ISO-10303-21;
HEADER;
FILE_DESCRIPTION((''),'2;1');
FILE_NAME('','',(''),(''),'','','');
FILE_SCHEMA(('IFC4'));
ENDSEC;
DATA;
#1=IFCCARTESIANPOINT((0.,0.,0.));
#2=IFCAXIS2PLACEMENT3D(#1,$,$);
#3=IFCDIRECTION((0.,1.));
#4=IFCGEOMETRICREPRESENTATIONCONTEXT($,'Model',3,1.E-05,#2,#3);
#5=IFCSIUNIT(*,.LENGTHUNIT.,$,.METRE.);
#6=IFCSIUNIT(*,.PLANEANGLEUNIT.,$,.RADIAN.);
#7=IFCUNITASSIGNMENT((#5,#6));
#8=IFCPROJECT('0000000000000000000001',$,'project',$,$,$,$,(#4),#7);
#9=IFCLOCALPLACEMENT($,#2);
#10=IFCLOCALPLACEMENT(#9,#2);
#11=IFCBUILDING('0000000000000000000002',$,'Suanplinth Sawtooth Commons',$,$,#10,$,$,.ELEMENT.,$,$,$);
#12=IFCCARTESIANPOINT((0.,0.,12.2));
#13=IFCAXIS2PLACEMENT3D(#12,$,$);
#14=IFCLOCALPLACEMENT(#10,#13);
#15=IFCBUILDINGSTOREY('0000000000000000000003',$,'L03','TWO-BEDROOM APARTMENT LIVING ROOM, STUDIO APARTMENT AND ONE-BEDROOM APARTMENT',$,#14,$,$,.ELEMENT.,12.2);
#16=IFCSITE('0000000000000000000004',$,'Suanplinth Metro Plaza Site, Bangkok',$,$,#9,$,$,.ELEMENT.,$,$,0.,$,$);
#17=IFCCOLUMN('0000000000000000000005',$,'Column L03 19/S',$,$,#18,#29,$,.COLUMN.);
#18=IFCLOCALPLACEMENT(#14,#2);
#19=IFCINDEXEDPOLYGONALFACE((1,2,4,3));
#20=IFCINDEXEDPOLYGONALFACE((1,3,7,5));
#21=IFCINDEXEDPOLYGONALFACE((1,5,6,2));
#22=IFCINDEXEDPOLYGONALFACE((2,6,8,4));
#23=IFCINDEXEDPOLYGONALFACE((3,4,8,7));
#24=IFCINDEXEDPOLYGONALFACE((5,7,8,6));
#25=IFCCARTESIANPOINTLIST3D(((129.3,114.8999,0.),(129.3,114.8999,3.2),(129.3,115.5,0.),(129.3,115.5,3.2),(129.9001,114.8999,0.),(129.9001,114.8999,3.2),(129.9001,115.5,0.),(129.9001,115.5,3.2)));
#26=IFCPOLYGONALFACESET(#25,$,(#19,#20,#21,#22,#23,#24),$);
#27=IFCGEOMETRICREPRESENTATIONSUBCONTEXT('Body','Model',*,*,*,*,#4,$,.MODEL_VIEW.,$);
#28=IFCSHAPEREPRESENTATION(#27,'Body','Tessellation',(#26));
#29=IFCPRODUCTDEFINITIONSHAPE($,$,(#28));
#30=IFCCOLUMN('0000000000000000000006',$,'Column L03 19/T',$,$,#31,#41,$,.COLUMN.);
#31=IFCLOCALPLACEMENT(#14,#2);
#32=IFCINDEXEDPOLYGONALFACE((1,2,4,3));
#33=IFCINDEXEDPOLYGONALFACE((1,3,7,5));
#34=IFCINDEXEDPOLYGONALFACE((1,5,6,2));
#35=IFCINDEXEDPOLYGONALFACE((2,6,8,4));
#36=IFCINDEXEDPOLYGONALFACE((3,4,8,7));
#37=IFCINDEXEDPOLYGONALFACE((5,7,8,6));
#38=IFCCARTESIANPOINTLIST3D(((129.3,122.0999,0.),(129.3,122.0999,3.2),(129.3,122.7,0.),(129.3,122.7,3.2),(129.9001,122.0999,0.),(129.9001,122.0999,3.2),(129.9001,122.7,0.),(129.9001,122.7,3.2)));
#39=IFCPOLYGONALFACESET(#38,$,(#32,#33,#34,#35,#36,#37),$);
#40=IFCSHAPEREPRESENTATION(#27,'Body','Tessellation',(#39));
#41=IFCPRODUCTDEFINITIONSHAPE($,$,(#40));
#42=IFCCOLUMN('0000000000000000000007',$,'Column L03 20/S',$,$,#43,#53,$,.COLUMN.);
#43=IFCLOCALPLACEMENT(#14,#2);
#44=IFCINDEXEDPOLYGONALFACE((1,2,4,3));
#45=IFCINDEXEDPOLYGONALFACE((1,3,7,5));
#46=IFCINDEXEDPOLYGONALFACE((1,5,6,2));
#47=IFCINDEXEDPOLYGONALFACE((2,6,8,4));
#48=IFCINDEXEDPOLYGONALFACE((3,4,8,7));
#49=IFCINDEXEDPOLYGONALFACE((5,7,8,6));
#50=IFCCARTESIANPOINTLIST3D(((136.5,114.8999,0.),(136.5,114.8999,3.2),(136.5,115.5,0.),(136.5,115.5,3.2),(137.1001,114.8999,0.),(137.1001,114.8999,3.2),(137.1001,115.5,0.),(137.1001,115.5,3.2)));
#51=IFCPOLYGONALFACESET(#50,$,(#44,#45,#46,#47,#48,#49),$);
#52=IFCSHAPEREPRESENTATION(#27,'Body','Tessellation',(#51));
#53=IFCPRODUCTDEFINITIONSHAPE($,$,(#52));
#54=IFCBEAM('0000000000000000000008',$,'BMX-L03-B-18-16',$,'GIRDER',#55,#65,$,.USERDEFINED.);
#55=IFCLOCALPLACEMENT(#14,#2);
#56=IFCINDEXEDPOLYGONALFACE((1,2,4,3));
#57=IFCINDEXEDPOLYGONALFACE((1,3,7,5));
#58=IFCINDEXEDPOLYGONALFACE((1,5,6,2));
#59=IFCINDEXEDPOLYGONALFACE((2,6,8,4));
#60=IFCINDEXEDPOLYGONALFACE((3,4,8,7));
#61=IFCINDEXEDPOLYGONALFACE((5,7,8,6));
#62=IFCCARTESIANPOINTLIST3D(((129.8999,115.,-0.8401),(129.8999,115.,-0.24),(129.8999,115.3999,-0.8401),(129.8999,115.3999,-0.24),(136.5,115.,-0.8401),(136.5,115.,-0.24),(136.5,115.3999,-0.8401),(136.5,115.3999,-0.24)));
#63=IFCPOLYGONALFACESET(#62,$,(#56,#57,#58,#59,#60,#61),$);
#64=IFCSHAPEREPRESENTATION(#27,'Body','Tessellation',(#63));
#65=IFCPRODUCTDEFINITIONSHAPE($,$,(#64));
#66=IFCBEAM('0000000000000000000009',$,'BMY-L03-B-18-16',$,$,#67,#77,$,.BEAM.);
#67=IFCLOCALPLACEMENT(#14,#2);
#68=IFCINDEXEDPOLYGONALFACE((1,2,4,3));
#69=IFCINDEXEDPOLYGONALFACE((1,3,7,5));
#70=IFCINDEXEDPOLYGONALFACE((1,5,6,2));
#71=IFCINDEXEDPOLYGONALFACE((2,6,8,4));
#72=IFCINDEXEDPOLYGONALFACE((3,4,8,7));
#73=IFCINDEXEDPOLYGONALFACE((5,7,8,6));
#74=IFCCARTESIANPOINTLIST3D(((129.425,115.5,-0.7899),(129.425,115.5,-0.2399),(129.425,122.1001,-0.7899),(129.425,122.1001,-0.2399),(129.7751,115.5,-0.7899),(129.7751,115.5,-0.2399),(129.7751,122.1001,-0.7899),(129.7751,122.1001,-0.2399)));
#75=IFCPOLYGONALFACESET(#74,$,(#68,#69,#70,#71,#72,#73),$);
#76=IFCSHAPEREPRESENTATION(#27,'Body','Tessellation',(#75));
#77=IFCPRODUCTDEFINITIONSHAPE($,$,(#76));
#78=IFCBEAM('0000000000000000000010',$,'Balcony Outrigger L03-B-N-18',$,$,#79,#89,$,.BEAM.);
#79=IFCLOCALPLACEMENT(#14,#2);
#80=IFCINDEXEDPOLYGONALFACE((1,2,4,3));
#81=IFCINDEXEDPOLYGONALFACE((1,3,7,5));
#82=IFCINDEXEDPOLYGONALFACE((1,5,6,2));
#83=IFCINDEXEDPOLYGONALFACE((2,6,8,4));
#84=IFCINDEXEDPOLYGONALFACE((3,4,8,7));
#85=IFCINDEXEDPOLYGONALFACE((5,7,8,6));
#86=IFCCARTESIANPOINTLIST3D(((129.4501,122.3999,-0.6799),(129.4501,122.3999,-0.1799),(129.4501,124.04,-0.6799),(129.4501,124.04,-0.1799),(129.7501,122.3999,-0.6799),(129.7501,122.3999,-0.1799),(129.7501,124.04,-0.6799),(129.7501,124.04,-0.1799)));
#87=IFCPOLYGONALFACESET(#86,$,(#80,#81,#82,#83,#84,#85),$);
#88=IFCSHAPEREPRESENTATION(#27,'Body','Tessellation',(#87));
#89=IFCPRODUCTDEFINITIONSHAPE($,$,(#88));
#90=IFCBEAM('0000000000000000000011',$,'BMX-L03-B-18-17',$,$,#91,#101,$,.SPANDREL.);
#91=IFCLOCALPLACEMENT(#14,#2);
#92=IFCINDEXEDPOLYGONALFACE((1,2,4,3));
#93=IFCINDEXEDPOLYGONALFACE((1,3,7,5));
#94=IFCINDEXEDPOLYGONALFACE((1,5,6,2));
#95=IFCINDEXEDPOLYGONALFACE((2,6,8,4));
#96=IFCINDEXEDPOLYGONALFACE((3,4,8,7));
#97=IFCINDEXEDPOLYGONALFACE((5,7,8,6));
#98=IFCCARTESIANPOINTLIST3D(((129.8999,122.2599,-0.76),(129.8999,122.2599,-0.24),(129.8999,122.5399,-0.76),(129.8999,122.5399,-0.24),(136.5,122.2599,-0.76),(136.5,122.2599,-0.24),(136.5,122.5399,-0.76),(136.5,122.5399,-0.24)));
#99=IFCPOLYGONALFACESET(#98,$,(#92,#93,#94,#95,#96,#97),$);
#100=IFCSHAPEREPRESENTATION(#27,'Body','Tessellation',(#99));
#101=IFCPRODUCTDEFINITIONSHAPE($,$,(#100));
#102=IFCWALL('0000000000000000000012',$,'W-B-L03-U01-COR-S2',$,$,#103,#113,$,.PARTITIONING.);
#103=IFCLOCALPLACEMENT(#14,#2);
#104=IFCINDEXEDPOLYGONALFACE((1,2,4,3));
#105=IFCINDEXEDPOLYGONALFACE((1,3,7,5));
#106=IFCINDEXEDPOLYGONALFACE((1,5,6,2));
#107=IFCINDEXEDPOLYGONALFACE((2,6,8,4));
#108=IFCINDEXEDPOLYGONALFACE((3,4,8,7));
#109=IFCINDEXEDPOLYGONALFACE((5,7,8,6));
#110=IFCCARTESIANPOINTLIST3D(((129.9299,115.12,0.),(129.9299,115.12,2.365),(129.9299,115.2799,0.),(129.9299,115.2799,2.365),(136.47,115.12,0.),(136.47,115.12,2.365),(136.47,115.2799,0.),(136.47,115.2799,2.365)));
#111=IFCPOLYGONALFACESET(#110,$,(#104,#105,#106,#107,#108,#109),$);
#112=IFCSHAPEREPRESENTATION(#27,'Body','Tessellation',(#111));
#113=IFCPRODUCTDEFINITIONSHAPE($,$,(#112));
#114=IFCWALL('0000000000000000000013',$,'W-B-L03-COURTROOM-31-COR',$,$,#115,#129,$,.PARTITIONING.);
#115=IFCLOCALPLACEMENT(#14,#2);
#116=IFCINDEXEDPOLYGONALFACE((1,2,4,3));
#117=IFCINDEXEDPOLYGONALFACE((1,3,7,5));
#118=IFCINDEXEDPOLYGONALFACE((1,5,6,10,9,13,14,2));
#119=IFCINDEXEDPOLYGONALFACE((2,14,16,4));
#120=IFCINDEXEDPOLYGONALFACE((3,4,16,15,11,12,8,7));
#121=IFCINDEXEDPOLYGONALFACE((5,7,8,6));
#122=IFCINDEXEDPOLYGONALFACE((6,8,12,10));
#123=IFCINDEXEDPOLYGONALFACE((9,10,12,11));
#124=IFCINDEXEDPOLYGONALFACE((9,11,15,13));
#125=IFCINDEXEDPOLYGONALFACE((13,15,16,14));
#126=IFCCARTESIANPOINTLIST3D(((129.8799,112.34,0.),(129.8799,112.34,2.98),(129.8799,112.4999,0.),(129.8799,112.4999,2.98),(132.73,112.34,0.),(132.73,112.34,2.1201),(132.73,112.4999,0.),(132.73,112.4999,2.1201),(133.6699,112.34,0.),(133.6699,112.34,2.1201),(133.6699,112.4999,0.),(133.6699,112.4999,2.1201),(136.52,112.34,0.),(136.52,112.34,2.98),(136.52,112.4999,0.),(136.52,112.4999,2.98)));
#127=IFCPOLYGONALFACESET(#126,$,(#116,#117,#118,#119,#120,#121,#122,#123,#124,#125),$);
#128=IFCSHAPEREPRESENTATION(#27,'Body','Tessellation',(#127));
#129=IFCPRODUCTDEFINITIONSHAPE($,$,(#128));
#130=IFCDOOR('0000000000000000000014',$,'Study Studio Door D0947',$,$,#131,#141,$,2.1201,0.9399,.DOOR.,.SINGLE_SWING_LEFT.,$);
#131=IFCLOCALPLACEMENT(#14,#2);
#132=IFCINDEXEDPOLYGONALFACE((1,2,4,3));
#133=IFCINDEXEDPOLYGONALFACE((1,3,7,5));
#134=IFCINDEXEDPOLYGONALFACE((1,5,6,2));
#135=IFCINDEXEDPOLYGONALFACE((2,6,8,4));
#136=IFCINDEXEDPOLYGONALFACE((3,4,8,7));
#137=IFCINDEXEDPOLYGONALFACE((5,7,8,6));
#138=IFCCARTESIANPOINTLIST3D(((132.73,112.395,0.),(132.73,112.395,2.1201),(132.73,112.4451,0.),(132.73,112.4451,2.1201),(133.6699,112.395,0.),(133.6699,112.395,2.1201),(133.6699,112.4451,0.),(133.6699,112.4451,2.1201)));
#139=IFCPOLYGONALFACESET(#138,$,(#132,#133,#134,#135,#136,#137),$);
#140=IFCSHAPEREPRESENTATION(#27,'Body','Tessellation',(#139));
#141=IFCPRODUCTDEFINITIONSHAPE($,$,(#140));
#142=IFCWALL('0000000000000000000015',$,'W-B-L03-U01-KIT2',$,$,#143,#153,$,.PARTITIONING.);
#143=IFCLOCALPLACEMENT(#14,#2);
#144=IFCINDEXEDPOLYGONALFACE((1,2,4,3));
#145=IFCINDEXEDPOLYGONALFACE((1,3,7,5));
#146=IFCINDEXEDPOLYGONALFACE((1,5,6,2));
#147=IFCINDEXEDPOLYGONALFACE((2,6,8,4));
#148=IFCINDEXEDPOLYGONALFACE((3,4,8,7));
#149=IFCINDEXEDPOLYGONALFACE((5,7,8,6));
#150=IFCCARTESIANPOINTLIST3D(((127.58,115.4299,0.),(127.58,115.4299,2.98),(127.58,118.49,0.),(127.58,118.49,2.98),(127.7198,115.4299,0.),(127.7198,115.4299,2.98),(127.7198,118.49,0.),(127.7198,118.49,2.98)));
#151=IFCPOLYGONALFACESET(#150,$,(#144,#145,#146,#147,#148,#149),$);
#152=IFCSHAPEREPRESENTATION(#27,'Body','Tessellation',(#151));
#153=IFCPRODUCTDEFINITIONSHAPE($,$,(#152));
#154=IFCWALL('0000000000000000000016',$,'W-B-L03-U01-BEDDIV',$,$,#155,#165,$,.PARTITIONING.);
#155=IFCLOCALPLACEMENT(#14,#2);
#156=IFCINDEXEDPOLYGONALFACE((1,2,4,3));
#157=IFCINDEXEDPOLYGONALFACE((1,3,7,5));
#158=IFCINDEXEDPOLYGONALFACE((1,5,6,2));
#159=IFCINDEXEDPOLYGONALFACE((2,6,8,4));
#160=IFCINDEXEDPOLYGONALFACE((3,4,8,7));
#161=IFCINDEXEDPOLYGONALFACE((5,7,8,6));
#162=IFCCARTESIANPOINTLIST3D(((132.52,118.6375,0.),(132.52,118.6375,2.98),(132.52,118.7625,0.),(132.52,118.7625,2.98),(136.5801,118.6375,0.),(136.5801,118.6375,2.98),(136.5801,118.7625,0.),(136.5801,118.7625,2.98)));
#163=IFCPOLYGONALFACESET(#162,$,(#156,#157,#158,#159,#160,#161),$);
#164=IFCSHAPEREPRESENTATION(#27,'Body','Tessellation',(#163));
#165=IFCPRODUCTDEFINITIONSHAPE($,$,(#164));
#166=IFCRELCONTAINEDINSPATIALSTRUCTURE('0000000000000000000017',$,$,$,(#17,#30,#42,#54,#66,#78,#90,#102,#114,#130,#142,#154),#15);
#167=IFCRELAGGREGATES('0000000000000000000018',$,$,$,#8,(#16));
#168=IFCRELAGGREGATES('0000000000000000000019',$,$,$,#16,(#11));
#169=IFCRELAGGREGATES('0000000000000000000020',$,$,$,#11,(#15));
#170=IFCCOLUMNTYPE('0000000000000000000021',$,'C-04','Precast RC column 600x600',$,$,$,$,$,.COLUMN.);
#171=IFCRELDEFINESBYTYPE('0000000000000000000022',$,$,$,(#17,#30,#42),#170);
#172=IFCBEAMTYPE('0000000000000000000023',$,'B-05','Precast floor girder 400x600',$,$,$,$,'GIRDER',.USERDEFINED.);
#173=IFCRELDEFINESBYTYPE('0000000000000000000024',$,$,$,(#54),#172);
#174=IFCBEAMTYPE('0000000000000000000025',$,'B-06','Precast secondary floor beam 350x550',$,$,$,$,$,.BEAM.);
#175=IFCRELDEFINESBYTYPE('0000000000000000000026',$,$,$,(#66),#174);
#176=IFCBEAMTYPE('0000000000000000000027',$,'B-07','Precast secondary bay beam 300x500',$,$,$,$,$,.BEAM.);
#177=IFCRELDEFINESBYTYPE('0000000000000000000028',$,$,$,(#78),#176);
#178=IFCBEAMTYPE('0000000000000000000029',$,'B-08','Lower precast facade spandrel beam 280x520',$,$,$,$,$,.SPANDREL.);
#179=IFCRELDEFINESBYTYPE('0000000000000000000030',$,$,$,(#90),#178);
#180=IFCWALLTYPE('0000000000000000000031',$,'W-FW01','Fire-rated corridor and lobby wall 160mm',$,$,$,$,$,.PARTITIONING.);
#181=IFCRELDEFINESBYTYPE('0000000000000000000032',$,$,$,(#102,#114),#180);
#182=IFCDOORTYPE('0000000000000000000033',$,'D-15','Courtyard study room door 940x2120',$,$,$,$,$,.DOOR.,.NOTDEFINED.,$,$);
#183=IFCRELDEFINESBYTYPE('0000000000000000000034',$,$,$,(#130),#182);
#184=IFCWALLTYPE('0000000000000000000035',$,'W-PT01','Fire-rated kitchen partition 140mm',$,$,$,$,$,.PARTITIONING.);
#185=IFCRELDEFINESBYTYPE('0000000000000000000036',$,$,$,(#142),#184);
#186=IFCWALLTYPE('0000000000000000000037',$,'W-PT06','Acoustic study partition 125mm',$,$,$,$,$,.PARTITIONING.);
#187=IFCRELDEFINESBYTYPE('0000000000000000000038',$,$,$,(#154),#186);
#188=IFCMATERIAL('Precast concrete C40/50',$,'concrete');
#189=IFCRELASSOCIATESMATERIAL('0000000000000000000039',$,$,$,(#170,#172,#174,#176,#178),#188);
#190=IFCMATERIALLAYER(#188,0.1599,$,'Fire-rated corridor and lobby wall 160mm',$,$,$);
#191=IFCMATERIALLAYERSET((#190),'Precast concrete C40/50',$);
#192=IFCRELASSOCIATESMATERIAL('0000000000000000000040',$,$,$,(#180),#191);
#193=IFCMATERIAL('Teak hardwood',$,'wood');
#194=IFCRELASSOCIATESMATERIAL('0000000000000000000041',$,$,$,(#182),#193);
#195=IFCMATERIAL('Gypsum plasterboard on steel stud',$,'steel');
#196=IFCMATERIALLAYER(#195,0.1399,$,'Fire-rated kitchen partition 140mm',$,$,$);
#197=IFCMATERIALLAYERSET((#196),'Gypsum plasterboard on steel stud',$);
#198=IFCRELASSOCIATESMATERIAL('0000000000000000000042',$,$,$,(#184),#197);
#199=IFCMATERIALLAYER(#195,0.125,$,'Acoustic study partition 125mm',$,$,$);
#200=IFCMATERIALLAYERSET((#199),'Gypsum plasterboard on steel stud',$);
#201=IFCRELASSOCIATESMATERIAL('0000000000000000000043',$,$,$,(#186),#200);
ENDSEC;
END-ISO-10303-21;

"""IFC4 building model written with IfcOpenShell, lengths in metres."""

from ifc_helpers import new_model, si_unit, direction, frame, frame_2d, origin, origin_2d, place, context, subcontext, project, spatial, rectangle, extrude, material, layer, layer_set, material_profile, profile_set, type_object, element, fill, save


model = new_model("IFC4")

# Units and contexts
model_context = context("Model", 3, precision=1e-05, world=origin(), true_north=direction((0.0, 1.0)))
body_context = subcontext(model_context, "Body", "Model", "MODEL_VIEW")
ifc_project = project(units=[si_unit("LENGTHUNIT", "METRE"), si_unit("PLANEANGLEUNIT", "RADIAN")], contexts=[model_context])

# Site, building, storey
site_placement = place(None, origin())
site = spatial("IfcSite", under=ifc_project, at=site_placement, Name="Suanplinth Metro Plaza Site, Bangkok", CompositionType="ELEMENT", RefElevation=0.0)
building_placement = place(site_placement, origin())
building = spatial("IfcBuilding", under=site, at=building_placement, Name="Suanplinth Sawtooth Commons", CompositionType="ELEMENT")
storey_placement = place(building_placement, frame((0.0, 0.0, 12.2)))
storey = spatial("IfcBuildingStorey", under=building, at=storey_placement, Name="L03", Description="TWO-BEDROOM APARTMENT LIVING ROOM, STUDIO APARTMENT AND ONE-BEDROOM APARTMENT", CompositionType="ELEMENT", Elevation=12.2)

# Columns
ifc_material_1 = material(Name="Precast concrete C40/50", Category="concrete")
ifc_material_profile_1 = material_profile(ifc_material_1, rectangle(XDim=0.6001, YDim=0.6001, at=origin_2d()), Name="PC-COL 600x600")
ifc_profile_set_1 = profile_set([ifc_material_profile_1], Name="Precast concrete C40/50")
column_type = type_object("IfcColumnType", Name="C-04", Description="Precast RC column 600x600", PredefinedType="COLUMN", material=ifc_profile_set_1)
for number, where, z_axis, x_axis, name in (
    (1, (129.6001, 115.2, 0.0), (0.0, 0.0, 1.0), (1.0, 0.0, 0.0), "Column L03 19/S"),
    (2, (129.6001, 122.3999, 0.0), (0.0, 0.0, 1.0), (1.0, 0.0, 0.0), "Column L03 19/T"),
    (3, (136.8, 115.2, 0.0), (0.0, 0.0, 1.0), (1.0, 0.0, 0.0), "Column L03 20/S"),
):
    element("IfcColumn", number, at=place(storey_placement, frame(where, z_axis=z_axis, x_axis=x_axis)), inside=storey, type_object=column_type, Name=name, PredefinedType="COLUMN", context=body_context, shape_type="SweptSolid", body=[
        extrude(rectangle(XDim=0.6001, YDim=0.6001, at=origin_2d()), origin(), (0.0, 0.0, 1.0), 3.2),
    ])

# Beams
ifc_material_profile_2 = material_profile(ifc_material_1, rectangle(XDim=0.3999, YDim=0.6001, at=origin_2d()), Name="PC-GDR 400x600")
ifc_profile_set_2 = profile_set([ifc_material_profile_2], Name="Precast concrete C40/50")
beam_type_1 = type_object("IfcBeamType", Name="B-05", Description="Precast floor girder 400x600", ElementType="GIRDER", PredefinedType="USERDEFINED", material=ifc_profile_set_2)
beam_1_placement = place(storey_placement, frame((129.8999, 115.2, -0.54), z_axis=(1.0, 0.0, 0.0), x_axis=(0.0, 1.0, 0.0)))
element("IfcBeam", 4, at=beam_1_placement, inside=storey, type_object=beam_type_1, Name="BMX-L03-B-18-16", ObjectType="GIRDER", PredefinedType="USERDEFINED", context=body_context, shape_type="SweptSolid", body=[
    extrude(rectangle(XDim=0.3999, YDim=0.6001, at=origin_2d()), origin(), (0.0, 0.0, 1.0), 6.6001),
])
ifc_material_profile_3 = material_profile(ifc_material_1, rectangle(XDim=0.3501, YDim=0.55, at=origin_2d()), Name="PC-BM 350x550")
ifc_profile_set_3 = profile_set([ifc_material_profile_3], Name="Precast concrete C40/50")
beam_type_2 = type_object("IfcBeamType", Name="B-06", Description="Precast secondary floor beam 350x550", PredefinedType="BEAM", material=ifc_profile_set_3)
beam_2_placement = place(storey_placement, frame((129.6001, 115.5, -0.5149), z_axis=(0.0, 1.0, 0.0), x_axis=(-1.0, 0.0, 0.0)))
element("IfcBeam", 5, at=beam_2_placement, inside=storey, type_object=beam_type_2, Name="BMY-L03-B-18-16", PredefinedType="BEAM", context=body_context, shape_type="SweptSolid", body=[
    extrude(rectangle(XDim=0.3501, YDim=0.55, at=origin_2d()), origin(), (0.0, 0.0, 1.0), 6.6001),
])
ifc_material_profile_4 = material_profile(ifc_material_1, rectangle(XDim=0.3, YDim=0.5, at=origin_2d()), Name="PC-BM 300x500")
ifc_profile_set_4 = profile_set([ifc_material_profile_4], Name="Precast concrete C40/50")
beam_type_3 = type_object("IfcBeamType", Name="B-07", Description="Precast secondary bay beam 300x500", PredefinedType="BEAM", material=ifc_profile_set_4)
beam_3_placement = place(storey_placement, frame((129.6001, 122.3999, -0.4299), z_axis=(0.0, 1.0, 0.0), x_axis=(-1.0, 0.0, 0.0)))
element("IfcBeam", 6, at=beam_3_placement, inside=storey, type_object=beam_type_3, Name="Balcony Outrigger L03-B-N-18", PredefinedType="BEAM", context=body_context, shape_type="SweptSolid", body=[
    extrude(rectangle(XDim=0.3, YDim=0.5, at=origin_2d()), origin(), (0.0, 0.0, 1.0), 1.6401),
])
ifc_material_profile_5 = material_profile(ifc_material_1, rectangle(XDim=0.28, YDim=0.52, at=origin_2d()), Name="PC-SP 280x520")
ifc_profile_set_5 = profile_set([ifc_material_profile_5], Name="Precast concrete C40/50")
beam_type_4 = type_object("IfcBeamType", Name="B-08", Description="Lower precast facade spandrel beam 280x520", PredefinedType="SPANDREL", material=ifc_profile_set_5)
beam_4_placement = place(storey_placement, frame((129.8999, 122.3999, -0.5), z_axis=(1.0, 0.0, 0.0), x_axis=(0.0, 1.0, 0.0)))
element("IfcBeam", 7, at=beam_4_placement, inside=storey, type_object=beam_type_4, Name="BMX-L03-B-18-17", PredefinedType="SPANDREL", context=body_context, shape_type="SweptSolid", body=[
    extrude(rectangle(XDim=0.28, YDim=0.52, at=origin_2d()), origin(), (0.0, 0.0, 1.0), 6.6001),
])

# Wall
ifc_layer_1 = layer(ifc_material_1, 0.1599, Name="Fire-rated corridor and lobby wall 160mm")
ifc_layer_set_1 = layer_set([ifc_layer_1], Name="Precast concrete C40/50")
wall_type_1 = type_object("IfcWallType", Name="W-FW01", Description="Fire-rated corridor and lobby wall 160mm", PredefinedType="PARTITIONING", material=ifc_layer_set_1)
wall_1_placement = place(storey_placement, frame((129.9299, 115.2, 0.0), z_axis=(0.0, 0.0, 1.0), x_axis=(1.0, 0.0, 0.0)))
element("IfcWall", 8, at=wall_1_placement, inside=storey, type_object=wall_type_1, Name="W-B-L03-U01-COR-S2", PredefinedType="PARTITIONING", context=body_context, shape_type="SweptSolid", body=[
    extrude(rectangle(XDim=6.54, YDim=0.1599, at=frame_2d((3.27, 0.0))), origin(), (0.0, 0.0, 1.0), 2.365),
])

# Wall, opening, door
wall_2_placement = place(storey_placement, frame((129.8799, 112.4199, 0.0), z_axis=(0.0, 0.0, 1.0), x_axis=(1.0, 0.0, 0.0)))
wall_2 = element("IfcWall", 9, at=wall_2_placement, inside=storey, type_object=wall_type_1, Name="W-B-L03-COURTROOM-31-COR", PredefinedType="PARTITIONING", context=body_context, shape_type="SweptSolid", body=[
    extrude(rectangle(XDim=6.6401, YDim=0.1599, at=frame_2d((3.3201, 0.0))), origin(), (0.0, 0.0, 1.0), 2.98),
])
opening_1_placement = place(wall_2_placement, frame((2.8501, 0.0, 0.0)))
opening_1 = element("IfcOpeningElement", 10, at=opening_1_placement, cuts=wall_2, PredefinedType="OPENING", context=body_context, shape_type="SweptSolid", body=[
    extrude(rectangle(XDim=0.9399, YDim=2.1201, at=frame_2d((0.47, 1.0601))), frame((0.0, 0.0947, 0.0), z_axis=(0.0, -1.0, 0.0), x_axis=(1.0, 0.0, 0.0)), (0.0, 0.0, 1.0), 0.1897),
])
ifc_material_2 = material(Name="Teak hardwood", Category="wood")
door_type_1 = type_object("IfcDoorType", Name="D-15", Description="Courtyard study room door 940x2120", OperationType="NOTDEFINED", PredefinedType="DOOR", material=ifc_material_2)
door_1_placement = place(opening_1_placement, frame((0.9399, 0.0, 0.0), z_axis=(0.0, 0.0, 1.0), x_axis=(-1.0, 0.0, 0.0)))
door_1 = element("IfcDoor", 11, at=door_1_placement, inside=storey, type_object=door_type_1, Name="Study Studio Door D0947", OperationType="SINGLE_SWING_LEFT", OverallHeight=2.1201, OverallWidth=0.9399, PredefinedType="DOOR", context=body_context, shape_type="SweptSolid", body=[
    extrude(rectangle(XDim=0.9399, YDim=2.1201, at=frame_2d((0.47, 1.0601))), frame((0.0, 0.0249, 0.0), z_axis=(0.0, -1.0, 0.0), x_axis=(1.0, 0.0, 0.0)), (0.0, 0.0, 1.0), 0.05),
])
fill(opening_1, door_1)

# Wall
ifc_material_3 = material(Name="Gypsum plasterboard on steel stud", Category="steel")
ifc_layer_2 = layer(ifc_material_3, 0.1399, Name="Fire-rated kitchen partition 140mm")
ifc_layer_set_2 = layer_set([ifc_layer_2], Name="Gypsum plasterboard on steel stud")
wall_type_2 = type_object("IfcWallType", Name="W-PT01", Description="Fire-rated kitchen partition 140mm", PredefinedType="PARTITIONING", material=ifc_layer_set_2)
wall_3_placement = place(storey_placement, frame((127.6499, 115.4299, 0.0), z_axis=(0.0, 0.0, 1.0), x_axis=(0.0, 1.0, 0.0)))
element("IfcWall", 12, at=wall_3_placement, inside=storey, type_object=wall_type_2, Name="W-B-L03-U01-KIT2", PredefinedType="PARTITIONING", context=body_context, shape_type="SweptSolid", body=[
    extrude(rectangle(XDim=3.0601, YDim=0.1399, at=frame_2d((1.53, 0.0))), origin(), (0.0, 0.0, 1.0), 2.98),
])

# Wall
ifc_layer_3 = layer(ifc_material_3, 0.125, Name="Acoustic study partition 125mm")
ifc_layer_set_3 = layer_set([ifc_layer_3], Name="Gypsum plasterboard on steel stud")
wall_type_3 = type_object("IfcWallType", Name="W-PT06", Description="Acoustic study partition 125mm", PredefinedType="PARTITIONING", material=ifc_layer_set_3)
wall_4_placement = place(storey_placement, frame((132.52, 118.7, 0.0), z_axis=(0.0, 0.0, 1.0), x_axis=(1.0, 0.0, 0.0)))
element("IfcWall", 13, at=wall_4_placement, inside=storey, type_object=wall_type_3, Name="W-B-L03-U01-BEDDIV", PredefinedType="PARTITIONING", context=body_context, shape_type="SweptSolid", body=[
    extrude(rectangle(XDim=4.0601, YDim=0.125, at=frame_2d((2.03, 0.0))), origin(), (0.0, 0.0, 1.0), 2.98),
])

save(model, "model.ifc")
